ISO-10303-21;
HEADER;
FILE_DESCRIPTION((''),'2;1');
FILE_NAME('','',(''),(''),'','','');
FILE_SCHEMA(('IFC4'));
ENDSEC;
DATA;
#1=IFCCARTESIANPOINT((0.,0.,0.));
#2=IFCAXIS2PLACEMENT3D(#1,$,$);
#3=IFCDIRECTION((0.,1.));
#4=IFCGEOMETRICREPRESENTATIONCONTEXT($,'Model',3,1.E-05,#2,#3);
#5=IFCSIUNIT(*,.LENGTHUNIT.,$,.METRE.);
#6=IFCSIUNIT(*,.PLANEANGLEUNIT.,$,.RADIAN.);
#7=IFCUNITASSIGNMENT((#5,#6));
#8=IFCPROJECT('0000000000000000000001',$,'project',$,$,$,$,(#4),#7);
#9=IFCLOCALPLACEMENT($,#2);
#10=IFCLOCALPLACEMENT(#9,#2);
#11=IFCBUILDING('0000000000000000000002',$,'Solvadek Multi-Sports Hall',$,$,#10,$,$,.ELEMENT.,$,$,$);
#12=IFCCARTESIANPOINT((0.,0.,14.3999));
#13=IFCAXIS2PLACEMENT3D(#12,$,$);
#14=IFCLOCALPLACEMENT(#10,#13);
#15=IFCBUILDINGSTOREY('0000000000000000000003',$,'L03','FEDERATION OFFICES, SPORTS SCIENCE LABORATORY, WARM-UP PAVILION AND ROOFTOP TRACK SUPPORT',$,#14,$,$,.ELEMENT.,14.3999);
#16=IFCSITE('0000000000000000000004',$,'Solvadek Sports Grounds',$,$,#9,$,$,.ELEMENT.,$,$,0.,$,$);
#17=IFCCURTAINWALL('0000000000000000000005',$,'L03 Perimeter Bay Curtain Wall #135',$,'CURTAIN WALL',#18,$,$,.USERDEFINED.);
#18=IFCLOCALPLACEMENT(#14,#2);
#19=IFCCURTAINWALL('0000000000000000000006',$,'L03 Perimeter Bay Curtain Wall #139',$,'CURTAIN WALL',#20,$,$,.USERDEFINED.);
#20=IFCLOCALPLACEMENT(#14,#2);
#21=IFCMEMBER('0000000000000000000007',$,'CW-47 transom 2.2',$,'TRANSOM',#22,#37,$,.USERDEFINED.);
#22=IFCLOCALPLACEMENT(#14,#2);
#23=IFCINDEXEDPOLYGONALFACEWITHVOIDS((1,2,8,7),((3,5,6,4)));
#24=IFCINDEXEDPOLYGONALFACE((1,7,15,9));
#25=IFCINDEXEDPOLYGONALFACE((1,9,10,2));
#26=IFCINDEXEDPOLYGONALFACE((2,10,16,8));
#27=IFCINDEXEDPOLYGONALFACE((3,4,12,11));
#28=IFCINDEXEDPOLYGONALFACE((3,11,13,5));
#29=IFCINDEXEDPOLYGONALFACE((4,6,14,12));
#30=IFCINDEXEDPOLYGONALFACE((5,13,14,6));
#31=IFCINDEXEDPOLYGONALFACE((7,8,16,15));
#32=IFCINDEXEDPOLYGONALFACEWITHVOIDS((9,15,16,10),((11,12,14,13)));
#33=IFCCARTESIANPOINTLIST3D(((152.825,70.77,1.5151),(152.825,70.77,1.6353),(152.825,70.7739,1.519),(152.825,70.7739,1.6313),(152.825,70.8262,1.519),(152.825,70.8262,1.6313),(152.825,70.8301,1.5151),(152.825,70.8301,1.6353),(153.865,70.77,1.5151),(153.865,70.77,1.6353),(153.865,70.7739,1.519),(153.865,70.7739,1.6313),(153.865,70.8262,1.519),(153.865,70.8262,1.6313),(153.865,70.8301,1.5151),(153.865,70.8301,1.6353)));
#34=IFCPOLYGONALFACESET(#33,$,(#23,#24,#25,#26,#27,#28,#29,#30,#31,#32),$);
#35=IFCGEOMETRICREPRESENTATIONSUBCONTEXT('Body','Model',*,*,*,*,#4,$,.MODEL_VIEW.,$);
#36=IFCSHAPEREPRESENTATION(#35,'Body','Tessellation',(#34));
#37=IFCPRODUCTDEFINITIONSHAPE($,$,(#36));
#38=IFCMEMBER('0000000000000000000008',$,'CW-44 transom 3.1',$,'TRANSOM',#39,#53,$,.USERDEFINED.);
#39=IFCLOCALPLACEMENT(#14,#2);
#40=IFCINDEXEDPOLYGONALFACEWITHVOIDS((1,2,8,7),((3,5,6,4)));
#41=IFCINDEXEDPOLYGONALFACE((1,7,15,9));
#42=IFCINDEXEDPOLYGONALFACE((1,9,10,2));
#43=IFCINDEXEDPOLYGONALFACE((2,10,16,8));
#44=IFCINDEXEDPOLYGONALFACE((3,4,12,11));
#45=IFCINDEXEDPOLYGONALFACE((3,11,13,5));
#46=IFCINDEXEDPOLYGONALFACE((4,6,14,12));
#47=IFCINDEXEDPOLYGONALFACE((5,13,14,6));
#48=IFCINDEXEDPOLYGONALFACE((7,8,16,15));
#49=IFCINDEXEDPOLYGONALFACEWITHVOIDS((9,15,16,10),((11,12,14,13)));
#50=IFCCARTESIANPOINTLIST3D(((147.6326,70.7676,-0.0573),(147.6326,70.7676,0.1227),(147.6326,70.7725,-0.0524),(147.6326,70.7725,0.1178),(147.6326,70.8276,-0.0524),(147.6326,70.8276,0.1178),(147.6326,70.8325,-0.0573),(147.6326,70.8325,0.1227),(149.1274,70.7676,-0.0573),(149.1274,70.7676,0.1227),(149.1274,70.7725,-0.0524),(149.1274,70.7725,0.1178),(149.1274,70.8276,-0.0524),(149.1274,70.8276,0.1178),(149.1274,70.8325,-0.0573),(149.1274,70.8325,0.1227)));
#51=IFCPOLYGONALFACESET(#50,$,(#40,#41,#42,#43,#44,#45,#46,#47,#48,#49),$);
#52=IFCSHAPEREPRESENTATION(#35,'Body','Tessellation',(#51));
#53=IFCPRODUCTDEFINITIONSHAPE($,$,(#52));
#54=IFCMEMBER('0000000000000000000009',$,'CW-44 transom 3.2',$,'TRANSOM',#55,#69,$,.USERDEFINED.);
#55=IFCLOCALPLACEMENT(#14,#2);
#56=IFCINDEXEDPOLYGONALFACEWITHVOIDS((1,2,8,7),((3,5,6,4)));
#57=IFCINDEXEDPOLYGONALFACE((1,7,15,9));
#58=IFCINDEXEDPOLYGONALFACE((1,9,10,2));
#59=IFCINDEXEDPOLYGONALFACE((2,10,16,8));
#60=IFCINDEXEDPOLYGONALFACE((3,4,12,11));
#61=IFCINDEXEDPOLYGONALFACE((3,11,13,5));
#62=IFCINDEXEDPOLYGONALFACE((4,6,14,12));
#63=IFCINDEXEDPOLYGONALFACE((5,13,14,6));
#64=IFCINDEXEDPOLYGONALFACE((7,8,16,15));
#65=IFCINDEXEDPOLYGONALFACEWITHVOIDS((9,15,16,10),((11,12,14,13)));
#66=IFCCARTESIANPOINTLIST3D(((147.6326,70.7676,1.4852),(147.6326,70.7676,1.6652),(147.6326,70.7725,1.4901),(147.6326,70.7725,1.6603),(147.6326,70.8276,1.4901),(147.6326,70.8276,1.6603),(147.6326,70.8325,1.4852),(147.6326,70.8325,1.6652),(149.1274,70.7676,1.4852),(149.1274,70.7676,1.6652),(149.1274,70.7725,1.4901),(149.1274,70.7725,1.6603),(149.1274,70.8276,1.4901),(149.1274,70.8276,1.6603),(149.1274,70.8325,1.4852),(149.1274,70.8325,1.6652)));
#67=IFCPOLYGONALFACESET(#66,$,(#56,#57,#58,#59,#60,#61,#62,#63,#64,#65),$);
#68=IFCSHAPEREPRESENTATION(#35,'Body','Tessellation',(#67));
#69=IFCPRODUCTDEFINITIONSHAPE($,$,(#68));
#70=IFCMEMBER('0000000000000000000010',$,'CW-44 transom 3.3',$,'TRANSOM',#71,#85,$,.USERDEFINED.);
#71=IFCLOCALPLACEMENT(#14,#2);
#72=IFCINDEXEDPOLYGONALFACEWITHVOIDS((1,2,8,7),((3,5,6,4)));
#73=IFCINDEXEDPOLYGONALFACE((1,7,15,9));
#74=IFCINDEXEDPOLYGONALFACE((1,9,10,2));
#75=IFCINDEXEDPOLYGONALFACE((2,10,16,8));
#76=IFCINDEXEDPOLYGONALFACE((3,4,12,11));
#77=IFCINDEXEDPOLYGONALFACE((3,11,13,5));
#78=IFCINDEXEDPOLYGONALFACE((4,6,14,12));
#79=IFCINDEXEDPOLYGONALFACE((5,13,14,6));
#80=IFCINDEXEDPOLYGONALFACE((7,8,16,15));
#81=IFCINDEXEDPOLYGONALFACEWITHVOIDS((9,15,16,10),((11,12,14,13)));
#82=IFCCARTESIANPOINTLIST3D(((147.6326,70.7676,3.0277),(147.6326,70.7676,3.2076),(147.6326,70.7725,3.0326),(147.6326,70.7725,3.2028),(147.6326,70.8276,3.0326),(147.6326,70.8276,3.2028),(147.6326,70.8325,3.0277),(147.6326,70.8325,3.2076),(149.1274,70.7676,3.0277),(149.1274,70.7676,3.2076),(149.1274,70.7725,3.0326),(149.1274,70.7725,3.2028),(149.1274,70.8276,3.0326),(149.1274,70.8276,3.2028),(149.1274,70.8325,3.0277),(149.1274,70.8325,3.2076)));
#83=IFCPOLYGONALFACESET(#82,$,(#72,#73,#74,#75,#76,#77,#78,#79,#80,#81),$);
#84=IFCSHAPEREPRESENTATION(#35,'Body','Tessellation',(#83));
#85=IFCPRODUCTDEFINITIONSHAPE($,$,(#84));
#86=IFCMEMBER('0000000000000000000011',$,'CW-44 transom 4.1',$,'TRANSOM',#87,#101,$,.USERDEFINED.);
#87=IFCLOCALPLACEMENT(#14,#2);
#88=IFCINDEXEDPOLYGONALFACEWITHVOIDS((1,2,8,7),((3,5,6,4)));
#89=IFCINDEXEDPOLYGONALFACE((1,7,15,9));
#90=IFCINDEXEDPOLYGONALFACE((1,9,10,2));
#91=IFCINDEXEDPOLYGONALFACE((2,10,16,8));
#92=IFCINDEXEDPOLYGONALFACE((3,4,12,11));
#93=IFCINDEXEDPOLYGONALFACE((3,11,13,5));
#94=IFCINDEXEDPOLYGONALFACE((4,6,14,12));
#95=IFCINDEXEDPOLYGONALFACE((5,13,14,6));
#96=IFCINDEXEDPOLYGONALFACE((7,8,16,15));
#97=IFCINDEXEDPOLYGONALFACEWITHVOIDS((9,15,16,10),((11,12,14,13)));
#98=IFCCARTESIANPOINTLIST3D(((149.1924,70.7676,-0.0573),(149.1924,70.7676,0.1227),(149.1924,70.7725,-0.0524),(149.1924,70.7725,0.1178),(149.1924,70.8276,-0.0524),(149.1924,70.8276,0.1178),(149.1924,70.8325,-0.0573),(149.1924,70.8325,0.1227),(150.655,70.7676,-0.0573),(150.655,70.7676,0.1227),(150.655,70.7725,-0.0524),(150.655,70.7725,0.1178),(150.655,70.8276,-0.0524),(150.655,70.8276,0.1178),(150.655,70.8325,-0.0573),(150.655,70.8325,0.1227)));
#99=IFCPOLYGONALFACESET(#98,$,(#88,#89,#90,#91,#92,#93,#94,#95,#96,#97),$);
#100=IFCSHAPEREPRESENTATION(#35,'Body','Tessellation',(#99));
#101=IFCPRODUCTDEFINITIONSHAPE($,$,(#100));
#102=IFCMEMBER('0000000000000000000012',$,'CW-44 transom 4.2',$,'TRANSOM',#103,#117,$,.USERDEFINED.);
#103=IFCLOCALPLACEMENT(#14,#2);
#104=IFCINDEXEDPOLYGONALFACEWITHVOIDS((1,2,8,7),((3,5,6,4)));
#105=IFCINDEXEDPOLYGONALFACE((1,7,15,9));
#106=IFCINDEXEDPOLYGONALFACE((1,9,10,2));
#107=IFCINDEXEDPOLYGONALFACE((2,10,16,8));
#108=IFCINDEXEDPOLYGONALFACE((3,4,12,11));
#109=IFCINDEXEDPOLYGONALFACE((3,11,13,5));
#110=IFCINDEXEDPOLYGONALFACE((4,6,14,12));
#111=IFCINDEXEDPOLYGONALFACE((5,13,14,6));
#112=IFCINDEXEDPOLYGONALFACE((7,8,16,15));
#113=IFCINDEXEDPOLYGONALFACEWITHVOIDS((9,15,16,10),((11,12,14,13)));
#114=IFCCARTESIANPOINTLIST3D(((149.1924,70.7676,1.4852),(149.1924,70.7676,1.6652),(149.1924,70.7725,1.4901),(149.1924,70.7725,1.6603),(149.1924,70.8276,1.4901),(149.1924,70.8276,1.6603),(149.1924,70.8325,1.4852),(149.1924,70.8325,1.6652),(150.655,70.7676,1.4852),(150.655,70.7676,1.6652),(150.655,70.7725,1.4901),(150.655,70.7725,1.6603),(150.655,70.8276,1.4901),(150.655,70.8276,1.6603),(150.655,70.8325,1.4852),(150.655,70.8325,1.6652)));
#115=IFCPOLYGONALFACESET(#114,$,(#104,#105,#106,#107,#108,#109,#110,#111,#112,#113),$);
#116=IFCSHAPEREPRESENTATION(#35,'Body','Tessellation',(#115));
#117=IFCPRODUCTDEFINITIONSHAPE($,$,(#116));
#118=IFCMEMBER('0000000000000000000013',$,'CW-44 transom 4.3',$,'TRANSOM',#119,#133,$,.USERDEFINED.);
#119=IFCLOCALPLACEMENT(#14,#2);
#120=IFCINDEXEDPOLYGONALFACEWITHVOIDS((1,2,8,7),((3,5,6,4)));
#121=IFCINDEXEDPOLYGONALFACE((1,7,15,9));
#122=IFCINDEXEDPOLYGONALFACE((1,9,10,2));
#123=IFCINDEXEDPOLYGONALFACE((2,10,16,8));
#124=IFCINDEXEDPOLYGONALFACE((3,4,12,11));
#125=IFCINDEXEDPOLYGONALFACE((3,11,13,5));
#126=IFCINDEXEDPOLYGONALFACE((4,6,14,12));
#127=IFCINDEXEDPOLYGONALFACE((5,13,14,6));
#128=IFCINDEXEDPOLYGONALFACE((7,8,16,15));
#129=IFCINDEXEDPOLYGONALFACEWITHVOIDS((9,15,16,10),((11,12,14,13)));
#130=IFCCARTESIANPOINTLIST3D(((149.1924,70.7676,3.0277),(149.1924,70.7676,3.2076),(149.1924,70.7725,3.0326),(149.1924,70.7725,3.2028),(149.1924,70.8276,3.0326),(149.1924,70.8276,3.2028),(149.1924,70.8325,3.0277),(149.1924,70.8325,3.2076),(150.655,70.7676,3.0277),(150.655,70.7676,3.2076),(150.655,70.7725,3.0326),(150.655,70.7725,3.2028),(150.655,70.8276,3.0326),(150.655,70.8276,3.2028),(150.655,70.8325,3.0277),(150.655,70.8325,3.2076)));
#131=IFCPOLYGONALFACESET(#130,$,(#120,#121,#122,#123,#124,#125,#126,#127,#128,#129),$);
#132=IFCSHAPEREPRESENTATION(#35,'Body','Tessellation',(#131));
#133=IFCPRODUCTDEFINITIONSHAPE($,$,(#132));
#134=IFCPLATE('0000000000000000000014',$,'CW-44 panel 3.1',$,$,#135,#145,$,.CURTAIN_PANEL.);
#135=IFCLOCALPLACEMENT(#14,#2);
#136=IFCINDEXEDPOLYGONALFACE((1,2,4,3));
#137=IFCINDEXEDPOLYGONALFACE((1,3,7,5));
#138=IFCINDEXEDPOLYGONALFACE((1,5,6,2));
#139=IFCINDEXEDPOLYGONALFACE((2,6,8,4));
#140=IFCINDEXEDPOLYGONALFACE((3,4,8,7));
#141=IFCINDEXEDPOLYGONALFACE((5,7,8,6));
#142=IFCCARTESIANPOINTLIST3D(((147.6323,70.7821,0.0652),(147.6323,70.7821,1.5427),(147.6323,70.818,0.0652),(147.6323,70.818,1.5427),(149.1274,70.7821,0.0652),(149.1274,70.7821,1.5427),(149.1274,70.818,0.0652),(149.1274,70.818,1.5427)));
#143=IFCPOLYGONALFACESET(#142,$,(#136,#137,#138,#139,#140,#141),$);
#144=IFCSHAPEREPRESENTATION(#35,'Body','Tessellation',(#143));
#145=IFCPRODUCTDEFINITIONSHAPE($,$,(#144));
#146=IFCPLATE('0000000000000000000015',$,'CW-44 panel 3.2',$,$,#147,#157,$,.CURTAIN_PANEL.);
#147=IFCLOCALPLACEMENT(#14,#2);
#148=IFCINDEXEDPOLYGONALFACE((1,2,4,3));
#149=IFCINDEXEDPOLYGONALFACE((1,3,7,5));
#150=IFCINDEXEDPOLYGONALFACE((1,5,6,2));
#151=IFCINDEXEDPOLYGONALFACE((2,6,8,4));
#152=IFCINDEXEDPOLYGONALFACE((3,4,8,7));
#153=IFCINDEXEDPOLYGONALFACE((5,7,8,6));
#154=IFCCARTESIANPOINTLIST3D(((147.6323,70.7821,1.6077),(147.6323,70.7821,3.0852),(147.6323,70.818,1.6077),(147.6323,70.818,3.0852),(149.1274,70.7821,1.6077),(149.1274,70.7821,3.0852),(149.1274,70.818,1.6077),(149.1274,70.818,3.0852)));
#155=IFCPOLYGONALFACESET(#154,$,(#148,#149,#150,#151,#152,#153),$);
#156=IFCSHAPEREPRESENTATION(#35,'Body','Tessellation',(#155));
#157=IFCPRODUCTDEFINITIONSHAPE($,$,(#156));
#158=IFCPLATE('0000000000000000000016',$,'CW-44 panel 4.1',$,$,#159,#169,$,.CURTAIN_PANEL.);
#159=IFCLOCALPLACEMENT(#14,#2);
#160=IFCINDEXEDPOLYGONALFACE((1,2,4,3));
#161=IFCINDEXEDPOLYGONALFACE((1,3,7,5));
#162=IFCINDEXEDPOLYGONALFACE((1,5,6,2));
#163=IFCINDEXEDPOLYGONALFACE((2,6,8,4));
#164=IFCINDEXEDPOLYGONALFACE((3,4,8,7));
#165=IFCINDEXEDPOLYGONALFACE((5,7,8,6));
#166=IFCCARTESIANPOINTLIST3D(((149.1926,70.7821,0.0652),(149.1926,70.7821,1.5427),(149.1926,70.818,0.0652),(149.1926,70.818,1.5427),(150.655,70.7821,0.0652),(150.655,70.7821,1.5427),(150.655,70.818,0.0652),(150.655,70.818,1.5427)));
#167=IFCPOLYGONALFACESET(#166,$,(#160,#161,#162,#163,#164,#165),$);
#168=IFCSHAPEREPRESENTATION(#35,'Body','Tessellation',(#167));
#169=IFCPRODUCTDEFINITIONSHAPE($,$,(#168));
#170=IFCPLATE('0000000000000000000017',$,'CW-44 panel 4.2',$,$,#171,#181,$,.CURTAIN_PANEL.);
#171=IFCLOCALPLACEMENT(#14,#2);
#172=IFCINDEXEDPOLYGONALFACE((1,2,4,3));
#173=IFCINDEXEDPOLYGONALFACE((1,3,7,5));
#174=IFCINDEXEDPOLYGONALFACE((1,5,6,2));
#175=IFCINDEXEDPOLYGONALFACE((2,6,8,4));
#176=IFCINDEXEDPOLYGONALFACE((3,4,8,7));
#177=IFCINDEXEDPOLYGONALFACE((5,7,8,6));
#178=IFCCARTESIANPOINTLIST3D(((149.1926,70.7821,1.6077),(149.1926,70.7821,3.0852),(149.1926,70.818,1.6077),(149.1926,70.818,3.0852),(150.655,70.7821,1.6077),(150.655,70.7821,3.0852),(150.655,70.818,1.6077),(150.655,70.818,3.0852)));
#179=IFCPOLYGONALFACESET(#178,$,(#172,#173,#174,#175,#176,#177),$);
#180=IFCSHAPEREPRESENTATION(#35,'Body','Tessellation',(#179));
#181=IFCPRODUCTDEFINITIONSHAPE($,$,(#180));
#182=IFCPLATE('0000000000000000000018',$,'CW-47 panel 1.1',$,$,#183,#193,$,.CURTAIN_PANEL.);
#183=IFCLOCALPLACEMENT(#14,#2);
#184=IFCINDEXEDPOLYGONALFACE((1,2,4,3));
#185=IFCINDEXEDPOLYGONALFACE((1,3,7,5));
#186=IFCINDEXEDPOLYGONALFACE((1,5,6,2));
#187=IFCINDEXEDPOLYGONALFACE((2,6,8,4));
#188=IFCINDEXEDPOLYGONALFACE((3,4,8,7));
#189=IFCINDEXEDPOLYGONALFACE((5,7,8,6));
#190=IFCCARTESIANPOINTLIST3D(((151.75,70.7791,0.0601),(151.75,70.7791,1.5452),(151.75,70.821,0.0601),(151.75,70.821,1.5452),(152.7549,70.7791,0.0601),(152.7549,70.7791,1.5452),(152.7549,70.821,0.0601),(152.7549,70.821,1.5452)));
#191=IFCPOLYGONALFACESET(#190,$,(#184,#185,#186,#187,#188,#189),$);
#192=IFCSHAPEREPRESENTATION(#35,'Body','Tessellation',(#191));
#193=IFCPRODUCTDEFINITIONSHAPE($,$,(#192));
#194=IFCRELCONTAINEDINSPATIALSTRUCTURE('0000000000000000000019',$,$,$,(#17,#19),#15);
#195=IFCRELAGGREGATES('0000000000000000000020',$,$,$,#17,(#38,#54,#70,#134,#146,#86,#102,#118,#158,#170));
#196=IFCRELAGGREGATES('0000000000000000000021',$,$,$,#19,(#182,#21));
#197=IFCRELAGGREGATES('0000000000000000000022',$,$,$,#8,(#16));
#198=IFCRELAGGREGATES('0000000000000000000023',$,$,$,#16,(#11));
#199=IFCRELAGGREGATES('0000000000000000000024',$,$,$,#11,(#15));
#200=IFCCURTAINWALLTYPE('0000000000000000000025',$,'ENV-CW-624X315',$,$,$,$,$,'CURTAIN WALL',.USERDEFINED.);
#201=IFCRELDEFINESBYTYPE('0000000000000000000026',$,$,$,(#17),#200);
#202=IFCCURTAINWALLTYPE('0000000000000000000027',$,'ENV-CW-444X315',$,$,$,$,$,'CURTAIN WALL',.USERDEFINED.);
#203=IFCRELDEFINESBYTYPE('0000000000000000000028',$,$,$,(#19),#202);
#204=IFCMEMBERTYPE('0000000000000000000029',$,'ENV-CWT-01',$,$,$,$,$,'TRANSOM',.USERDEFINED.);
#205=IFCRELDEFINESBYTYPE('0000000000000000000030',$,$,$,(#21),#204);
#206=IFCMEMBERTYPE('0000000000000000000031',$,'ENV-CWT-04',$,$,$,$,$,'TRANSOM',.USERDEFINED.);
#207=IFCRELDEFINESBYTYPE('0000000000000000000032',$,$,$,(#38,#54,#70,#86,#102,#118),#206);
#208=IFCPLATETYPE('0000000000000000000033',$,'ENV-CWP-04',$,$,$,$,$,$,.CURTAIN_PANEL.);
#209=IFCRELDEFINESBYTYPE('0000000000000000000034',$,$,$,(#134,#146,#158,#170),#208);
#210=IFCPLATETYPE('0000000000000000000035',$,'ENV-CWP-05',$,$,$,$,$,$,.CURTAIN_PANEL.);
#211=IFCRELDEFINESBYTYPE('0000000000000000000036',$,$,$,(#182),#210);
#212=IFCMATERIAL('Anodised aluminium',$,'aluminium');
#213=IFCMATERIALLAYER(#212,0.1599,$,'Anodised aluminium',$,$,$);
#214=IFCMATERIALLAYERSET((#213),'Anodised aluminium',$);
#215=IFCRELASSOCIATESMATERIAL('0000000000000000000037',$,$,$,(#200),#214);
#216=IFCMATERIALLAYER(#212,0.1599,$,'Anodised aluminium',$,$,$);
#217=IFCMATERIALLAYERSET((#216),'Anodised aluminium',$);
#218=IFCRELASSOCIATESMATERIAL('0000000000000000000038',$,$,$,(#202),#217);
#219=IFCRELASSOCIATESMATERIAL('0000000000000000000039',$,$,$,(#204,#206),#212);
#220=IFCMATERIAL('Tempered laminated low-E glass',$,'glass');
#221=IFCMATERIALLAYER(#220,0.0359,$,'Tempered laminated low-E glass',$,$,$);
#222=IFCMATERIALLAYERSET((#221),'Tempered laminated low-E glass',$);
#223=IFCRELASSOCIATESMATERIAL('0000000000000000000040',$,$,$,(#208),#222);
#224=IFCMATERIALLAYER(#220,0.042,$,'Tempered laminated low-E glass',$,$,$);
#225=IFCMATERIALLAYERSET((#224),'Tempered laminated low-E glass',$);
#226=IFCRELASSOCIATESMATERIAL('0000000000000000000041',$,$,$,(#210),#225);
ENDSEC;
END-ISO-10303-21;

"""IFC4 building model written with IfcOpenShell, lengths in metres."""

from ifc_helpers import new_model, si_unit, direction, frame, origin, origin_2d, place, context, subcontext, project, spatial, rectangle, hollow_rectangle, extrude, material, layer, layer_set, material_profile, profile_set, type_object, element, aggregate, save


model = new_model("IFC4")

# Units and contexts
model_context = context("Model", 3, precision=1e-05, world=origin(), true_north=direction((0.0, 1.0)))
body_context = subcontext(model_context, "Body", "Model", "MODEL_VIEW")
ifc_project = project(units=[si_unit("LENGTHUNIT", "METRE"), si_unit("PLANEANGLEUNIT", "RADIAN")], contexts=[model_context])

# Site, building, storey
site_placement = place(None, origin())
site = spatial("IfcSite", under=ifc_project, at=site_placement, Name="Solvadek Sports Grounds", CompositionType="ELEMENT", RefElevation=0.0)
building_placement = place(site_placement, origin())
building = spatial("IfcBuilding", under=site, at=building_placement, Name="Solvadek Multi-Sports Hall", CompositionType="ELEMENT")
storey_placement = place(building_placement, frame((0.0, 0.0, 14.3999)))
storey = spatial("IfcBuildingStorey", under=building, at=storey_placement, Name="L03", Description="FEDERATION OFFICES, SPORTS SCIENCE LABORATORY, WARM-UP PAVILION AND ROOFTOP TRACK SUPPORT", CompositionType="ELEMENT", Elevation=14.3999)

# Curtain walls, member
ifc_material_1 = material(Name="Anodised aluminium", Category="aluminium")
ifc_layer_1 = layer(ifc_material_1, 0.1599, Name="Anodised aluminium")
ifc_layer_set_1 = layer_set([ifc_layer_1], Name="Anodised aluminium")
curtain_wall_type_1 = type_object("IfcCurtainWallType", Name="ENV-CW-624X315", ElementType="CURTAIN WALL", PredefinedType="USERDEFINED", material=ifc_layer_set_1)
curtain_wall_1_placement = place(storey_placement, origin())
curtain_wall_1 = element("IfcCurtainWall", 1, at=curtain_wall_1_placement, inside=storey, type_object=curtain_wall_type_1, Name="L03 Perimeter Bay Curtain Wall #135", ObjectType="CURTAIN WALL", PredefinedType="USERDEFINED")
ifc_layer_2 = layer(ifc_material_1, 0.1599, Name="Anodised aluminium")
ifc_layer_set_2 = layer_set([ifc_layer_2], Name="Anodised aluminium")
curtain_wall_type_2 = type_object("IfcCurtainWallType", Name="ENV-CW-444X315", ElementType="CURTAIN WALL", PredefinedType="USERDEFINED", material=ifc_layer_set_2)
curtain_wall_2_placement = place(storey_placement, origin())
curtain_wall_2 = element("IfcCurtainWall", 2, at=curtain_wall_2_placement, inside=storey, type_object=curtain_wall_type_2, Name="L03 Perimeter Bay Curtain Wall #139", ObjectType="CURTAIN WALL", PredefinedType="USERDEFINED")
ifc_material_profile_1 = material_profile(ifc_material_1, hollow_rectangle(XDim=0.0601, YDim=0.1201, WallThickness=0.0039, at=origin_2d()), Name="ALU-T 120x60x4")
ifc_profile_set_1 = profile_set([ifc_material_profile_1], Name="Anodised aluminium")
member_type_1 = type_object("IfcMemberType", Name="ENV-CWT-01", ElementType="TRANSOM", PredefinedType="USERDEFINED", material=ifc_profile_set_1)
member_1_placement = place(storey_placement, frame((152.825, 70.8, 1.5752), z_axis=(1.0, 0.0, 0.0), x_axis=(0.0, 1.0, 0.0)))
member_1 = element("IfcMember", 3, at=member_1_placement, type_object=member_type_1, Name="CW-47 transom 2.2", ObjectType="TRANSOM", PredefinedType="USERDEFINED", context=body_context, shape_type="SweptSolid", body=[
    extrude(hollow_rectangle(XDim=0.0601, YDim=0.1201, WallThickness=0.0039, at=origin_2d()), origin(), (0.0, 0.0, 1.0), 1.04),
])

# Members
ifc_material_profile_2 = material_profile(ifc_material_1, hollow_rectangle(XDim=0.0649, YDim=0.1799, WallThickness=0.0049, at=origin_2d()), Name="ALU-T 180x65x5")
ifc_profile_set_2 = profile_set([ifc_material_profile_2], Name="Anodised aluminium")
member_type_2 = type_object("IfcMemberType", Name="ENV-CWT-04", ElementType="TRANSOM", PredefinedType="USERDEFINED", material=ifc_profile_set_2)
member_2_placement = place(storey_placement, frame((147.6326, 70.8, 0.0327), z_axis=(1.0, 0.0, 0.0), x_axis=(0.0, 1.0, 0.0)))
member_2 = element("IfcMember", 4, at=member_2_placement, type_object=member_type_2, Name="CW-44 transom 3.1", ObjectType="TRANSOM", PredefinedType="USERDEFINED", context=body_context, shape_type="SweptSolid", body=[
    extrude(hollow_rectangle(XDim=0.0649, YDim=0.1799, WallThickness=0.0049, at=origin_2d()), origin(), (0.0, 0.0, 1.0), 1.4949),
])
member_3_placement = place(storey_placement, frame((147.6326, 70.8, 1.5752), z_axis=(1.0, 0.0, 0.0), x_axis=(0.0, 1.0, 0.0)))
member_3 = element("IfcMember", 5, at=member_3_placement, type_object=member_type_2, Name="CW-44 transom 3.2", ObjectType="TRANSOM", PredefinedType="USERDEFINED", context=body_context, shape_type="SweptSolid", body=[
    extrude(hollow_rectangle(XDim=0.0649, YDim=0.1799, WallThickness=0.0049, at=origin_2d()), origin(), (0.0, 0.0, 1.0), 1.4949),
])
member_4_placement = place(storey_placement, frame((147.6326, 70.8, 3.1177), z_axis=(1.0, 0.0, 0.0), x_axis=(0.0, 1.0, 0.0)))
member_4 = element("IfcMember", 6, at=member_4_placement, type_object=member_type_2, Name="CW-44 transom 3.3", ObjectType="TRANSOM", PredefinedType="USERDEFINED", context=body_context, shape_type="SweptSolid", body=[
    extrude(hollow_rectangle(XDim=0.0649, YDim=0.1799, WallThickness=0.0049, at=origin_2d()), origin(), (0.0, 0.0, 1.0), 1.4949),
])
member_5_placement = place(storey_placement, frame((149.1924, 70.8, 0.0327), z_axis=(1.0, 0.0, 0.0), x_axis=(0.0, 1.0, 0.0)))
member_5 = element("IfcMember", 7, at=member_5_placement, type_object=member_type_2, Name="CW-44 transom 4.1", ObjectType="TRANSOM", PredefinedType="USERDEFINED", context=body_context, shape_type="SweptSolid", body=[
    extrude(hollow_rectangle(XDim=0.0649, YDim=0.1799, WallThickness=0.0049, at=origin_2d()), origin(), (0.0, 0.0, 1.0), 1.4626),
])
member_6_placement = place(storey_placement, frame((149.1924, 70.8, 1.5752), z_axis=(1.0, 0.0, 0.0), x_axis=(0.0, 1.0, 0.0)))
member_6 = element("IfcMember", 8, at=member_6_placement, type_object=member_type_2, Name="CW-44 transom 4.2", ObjectType="TRANSOM", PredefinedType="USERDEFINED", context=body_context, shape_type="SweptSolid", body=[
    extrude(hollow_rectangle(XDim=0.0649, YDim=0.1799, WallThickness=0.0049, at=origin_2d()), origin(), (0.0, 0.0, 1.0), 1.4626),
])
member_7_placement = place(storey_placement, frame((149.1924, 70.8, 3.1177), z_axis=(1.0, 0.0, 0.0), x_axis=(0.0, 1.0, 0.0)))
member_7 = element("IfcMember", 9, at=member_7_placement, type_object=member_type_2, Name="CW-44 transom 4.3", ObjectType="TRANSOM", PredefinedType="USERDEFINED", context=body_context, shape_type="SweptSolid", body=[
    extrude(hollow_rectangle(XDim=0.0649, YDim=0.1799, WallThickness=0.0049, at=origin_2d()), origin(), (0.0, 0.0, 1.0), 1.4626),
])

# Plates
ifc_material_2 = material(Name="Tempered laminated low-E glass", Category="glass")
ifc_layer_3 = layer(ifc_material_2, 0.0359, Name="Tempered laminated low-E glass")
ifc_layer_set_3 = layer_set([ifc_layer_3], Name="Tempered laminated low-E glass")
plate_type_1 = type_object("IfcPlateType", Name="ENV-CWP-04", PredefinedType="CURTAIN_PANEL", material=ifc_layer_set_3)
plate_1_placement = place(storey_placement, frame((148.3799, 70.8, 0.0652), z_axis=(0.0, 0.0, 1.0), x_axis=(1.0, 0.0, 0.0)))
plate_1 = element("IfcPlate", 10, at=plate_1_placement, type_object=plate_type_1, Name="CW-44 panel 3.1", PredefinedType="CURTAIN_PANEL", context=body_context, shape_type="SweptSolid", body=[
    extrude(rectangle(XDim=1.4951, YDim=0.0359, at=origin_2d()), origin(), (0.0, 0.0, 1.0), 1.4775),
])
plate_2_placement = place(storey_placement, frame((148.3799, 70.8, 1.6077), z_axis=(0.0, 0.0, 1.0), x_axis=(1.0, 0.0, 0.0)))
plate_2 = element("IfcPlate", 11, at=plate_2_placement, type_object=plate_type_1, Name="CW-44 panel 3.2", PredefinedType="CURTAIN_PANEL", context=body_context, shape_type="SweptSolid", body=[
    extrude(rectangle(XDim=1.4951, YDim=0.0359, at=origin_2d()), origin(), (0.0, 0.0, 1.0), 1.4775),
])
plate_3_placement = place(storey_placement, frame((149.9238, 70.8, 0.0652), z_axis=(0.0, 0.0, 1.0), x_axis=(1.0, 0.0, 0.0)))
plate_3 = element("IfcPlate", 12, at=plate_3_placement, type_object=plate_type_1, Name="CW-44 panel 4.1", PredefinedType="CURTAIN_PANEL", context=body_context, shape_type="SweptSolid", body=[
    extrude(rectangle(XDim=1.4624, YDim=0.0359, at=origin_2d()), origin(), (0.0, 0.0, 1.0), 1.4775),
])
plate_4_placement = place(storey_placement, frame((149.9238, 70.8, 1.6077), z_axis=(0.0, 0.0, 1.0), x_axis=(1.0, 0.0, 0.0)))
plate_4 = element("IfcPlate", 13, at=plate_4_placement, type_object=plate_type_1, Name="CW-44 panel 4.2", PredefinedType="CURTAIN_PANEL", context=body_context, shape_type="SweptSolid", body=[
    extrude(rectangle(XDim=1.4624, YDim=0.0359, at=origin_2d()), origin(), (0.0, 0.0, 1.0), 1.4775),
])
aggregate(curtain_wall_1, [member_2, member_3, member_4, plate_1, plate_2, member_5, member_6, member_7, plate_3, plate_4])
ifc_layer_4 = layer(ifc_material_2, 0.042, Name="Tempered laminated low-E glass")
ifc_layer_set_4 = layer_set([ifc_layer_4], Name="Tempered laminated low-E glass")
plate_type_2 = type_object("IfcPlateType", Name="ENV-CWP-05", PredefinedType="CURTAIN_PANEL", material=ifc_layer_set_4)
plate_5_placement = place(storey_placement, frame((152.2524, 70.8, 0.0601), z_axis=(0.0, 0.0, 1.0), x_axis=(1.0, 0.0, 0.0)))
plate_5 = element("IfcPlate", 14, at=plate_5_placement, type_object=plate_type_2, Name="CW-47 panel 1.1", PredefinedType="CURTAIN_PANEL", context=body_context, shape_type="SweptSolid", body=[
    extrude(rectangle(XDim=1.0049, YDim=0.042, at=origin_2d()), origin(), (0.0, 0.0, 1.0), 1.4851),
])
aggregate(curtain_wall_2, [plate_5, member_1])

save(model, "model.ifc")
